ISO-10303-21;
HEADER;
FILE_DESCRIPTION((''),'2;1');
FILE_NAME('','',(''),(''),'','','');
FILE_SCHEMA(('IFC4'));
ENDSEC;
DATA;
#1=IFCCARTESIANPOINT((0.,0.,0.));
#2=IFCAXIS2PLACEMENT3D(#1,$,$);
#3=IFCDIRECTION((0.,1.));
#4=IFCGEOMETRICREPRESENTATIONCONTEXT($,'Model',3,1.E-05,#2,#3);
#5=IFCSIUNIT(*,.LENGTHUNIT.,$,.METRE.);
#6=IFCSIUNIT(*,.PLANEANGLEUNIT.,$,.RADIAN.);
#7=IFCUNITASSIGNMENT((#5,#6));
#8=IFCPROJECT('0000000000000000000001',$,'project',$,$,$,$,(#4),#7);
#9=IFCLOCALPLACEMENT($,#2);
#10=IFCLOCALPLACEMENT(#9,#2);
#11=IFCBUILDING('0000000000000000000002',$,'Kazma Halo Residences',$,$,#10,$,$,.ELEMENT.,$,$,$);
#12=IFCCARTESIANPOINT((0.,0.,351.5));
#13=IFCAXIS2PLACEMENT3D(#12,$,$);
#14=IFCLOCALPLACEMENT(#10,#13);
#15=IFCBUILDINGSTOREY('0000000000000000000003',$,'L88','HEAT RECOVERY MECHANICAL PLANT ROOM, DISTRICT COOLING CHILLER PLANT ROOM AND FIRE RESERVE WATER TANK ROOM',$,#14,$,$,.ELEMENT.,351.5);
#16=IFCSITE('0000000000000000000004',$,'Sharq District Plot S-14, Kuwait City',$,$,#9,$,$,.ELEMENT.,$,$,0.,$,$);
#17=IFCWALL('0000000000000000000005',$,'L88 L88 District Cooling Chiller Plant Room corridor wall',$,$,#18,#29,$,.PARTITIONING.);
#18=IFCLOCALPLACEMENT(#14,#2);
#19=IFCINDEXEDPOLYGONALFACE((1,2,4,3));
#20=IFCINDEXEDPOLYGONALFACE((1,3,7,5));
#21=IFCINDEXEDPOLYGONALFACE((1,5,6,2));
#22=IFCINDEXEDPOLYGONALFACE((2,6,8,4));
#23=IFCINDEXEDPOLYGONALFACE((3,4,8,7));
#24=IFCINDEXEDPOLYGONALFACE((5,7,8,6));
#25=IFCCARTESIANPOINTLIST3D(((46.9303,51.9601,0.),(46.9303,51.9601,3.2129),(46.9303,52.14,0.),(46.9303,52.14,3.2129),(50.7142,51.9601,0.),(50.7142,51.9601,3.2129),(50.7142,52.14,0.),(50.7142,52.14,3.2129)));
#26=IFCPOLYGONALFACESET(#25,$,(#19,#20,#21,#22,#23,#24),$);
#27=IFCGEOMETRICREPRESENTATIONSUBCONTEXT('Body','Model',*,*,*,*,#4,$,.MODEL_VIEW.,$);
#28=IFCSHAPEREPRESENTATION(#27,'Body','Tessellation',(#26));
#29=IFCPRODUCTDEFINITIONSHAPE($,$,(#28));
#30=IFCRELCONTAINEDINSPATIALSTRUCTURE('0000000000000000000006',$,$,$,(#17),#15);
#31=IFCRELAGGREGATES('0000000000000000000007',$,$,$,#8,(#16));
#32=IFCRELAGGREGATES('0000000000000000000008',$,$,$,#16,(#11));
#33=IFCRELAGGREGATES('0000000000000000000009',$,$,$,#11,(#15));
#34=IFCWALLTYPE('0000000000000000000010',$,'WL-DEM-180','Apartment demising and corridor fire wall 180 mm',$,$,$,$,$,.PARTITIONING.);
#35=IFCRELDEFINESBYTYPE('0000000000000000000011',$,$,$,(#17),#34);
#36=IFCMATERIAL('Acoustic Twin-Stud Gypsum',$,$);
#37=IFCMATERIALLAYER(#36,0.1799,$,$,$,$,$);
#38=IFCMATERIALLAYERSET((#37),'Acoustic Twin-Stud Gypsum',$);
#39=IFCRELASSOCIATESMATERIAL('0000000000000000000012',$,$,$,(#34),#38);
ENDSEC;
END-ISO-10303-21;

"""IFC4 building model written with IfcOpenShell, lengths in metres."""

from ifc_helpers import new_model, si_unit, direction, frame, frame_2d, origin, place, context, subcontext, project, spatial, rectangle, extrude, material, layer, layer_set, type_object, element, save


model = new_model("IFC4")

# Units and contexts
model_context = context("Model", 3, precision=1e-05, world=origin(), true_north=direction((0.0, 1.0)))
body_context = subcontext(model_context, "Body", "Model", "MODEL_VIEW")
ifc_project = project(units=[si_unit("LENGTHUNIT", "METRE"), si_unit("PLANEANGLEUNIT", "RADIAN")], contexts=[model_context])

# Site, building, storey
site_placement = place(None, origin())
site = spatial("IfcSite", under=ifc_project, at=site_placement, Name="Sharq District Plot S-14, Kuwait City", CompositionType="ELEMENT", RefElevation=0.0)
building_placement = place(site_placement, origin())
building = spatial("IfcBuilding", under=site, at=building_placement, Name="Kazma Halo Residences", CompositionType="ELEMENT")
storey_placement = place(building_placement, frame((0.0, 0.0, 351.5)))
storey = spatial("IfcBuildingStorey", under=building, at=storey_placement, Name="L88", Description="HEAT RECOVERY MECHANICAL PLANT ROOM, DISTRICT COOLING CHILLER PLANT ROOM AND FIRE RESERVE WATER TANK ROOM", CompositionType="ELEMENT", Elevation=351.5)

# Wall
ifc_material_1 = material(Name="Acoustic Twin-Stud Gypsum")
ifc_layer_1 = layer(ifc_material_1, 0.1799)
ifc_layer_set_1 = layer_set([ifc_layer_1], Name="Acoustic Twin-Stud Gypsum")
wall_type_1 = type_object("IfcWallType", Name="WL-DEM-180", Description="Apartment demising and corridor fire wall 180 mm", PredefinedType="PARTITIONING", material=ifc_layer_set_1)
wall_1_placement = place(storey_placement, frame((50.7144, 52.05, 0.0), z_axis=(0.0, 0.0, 1.0), x_axis=(-1.0, 0.0, 0.0)))
element("IfcWall", 1, at=wall_1_placement, inside=storey, type_object=wall_type_1, Name="L88 L88 District Cooling Chiller Plant Room corridor wall", PredefinedType="PARTITIONING", context=body_context, shape_type="SweptSolid", body=[
    extrude(rectangle(XDim=3.7839, YDim=0.1799, at=frame_2d((1.8921, 0.0))), origin(), (0.0, 0.0, 1.0), 3.2129),
])

save(model, "model.ifc")
